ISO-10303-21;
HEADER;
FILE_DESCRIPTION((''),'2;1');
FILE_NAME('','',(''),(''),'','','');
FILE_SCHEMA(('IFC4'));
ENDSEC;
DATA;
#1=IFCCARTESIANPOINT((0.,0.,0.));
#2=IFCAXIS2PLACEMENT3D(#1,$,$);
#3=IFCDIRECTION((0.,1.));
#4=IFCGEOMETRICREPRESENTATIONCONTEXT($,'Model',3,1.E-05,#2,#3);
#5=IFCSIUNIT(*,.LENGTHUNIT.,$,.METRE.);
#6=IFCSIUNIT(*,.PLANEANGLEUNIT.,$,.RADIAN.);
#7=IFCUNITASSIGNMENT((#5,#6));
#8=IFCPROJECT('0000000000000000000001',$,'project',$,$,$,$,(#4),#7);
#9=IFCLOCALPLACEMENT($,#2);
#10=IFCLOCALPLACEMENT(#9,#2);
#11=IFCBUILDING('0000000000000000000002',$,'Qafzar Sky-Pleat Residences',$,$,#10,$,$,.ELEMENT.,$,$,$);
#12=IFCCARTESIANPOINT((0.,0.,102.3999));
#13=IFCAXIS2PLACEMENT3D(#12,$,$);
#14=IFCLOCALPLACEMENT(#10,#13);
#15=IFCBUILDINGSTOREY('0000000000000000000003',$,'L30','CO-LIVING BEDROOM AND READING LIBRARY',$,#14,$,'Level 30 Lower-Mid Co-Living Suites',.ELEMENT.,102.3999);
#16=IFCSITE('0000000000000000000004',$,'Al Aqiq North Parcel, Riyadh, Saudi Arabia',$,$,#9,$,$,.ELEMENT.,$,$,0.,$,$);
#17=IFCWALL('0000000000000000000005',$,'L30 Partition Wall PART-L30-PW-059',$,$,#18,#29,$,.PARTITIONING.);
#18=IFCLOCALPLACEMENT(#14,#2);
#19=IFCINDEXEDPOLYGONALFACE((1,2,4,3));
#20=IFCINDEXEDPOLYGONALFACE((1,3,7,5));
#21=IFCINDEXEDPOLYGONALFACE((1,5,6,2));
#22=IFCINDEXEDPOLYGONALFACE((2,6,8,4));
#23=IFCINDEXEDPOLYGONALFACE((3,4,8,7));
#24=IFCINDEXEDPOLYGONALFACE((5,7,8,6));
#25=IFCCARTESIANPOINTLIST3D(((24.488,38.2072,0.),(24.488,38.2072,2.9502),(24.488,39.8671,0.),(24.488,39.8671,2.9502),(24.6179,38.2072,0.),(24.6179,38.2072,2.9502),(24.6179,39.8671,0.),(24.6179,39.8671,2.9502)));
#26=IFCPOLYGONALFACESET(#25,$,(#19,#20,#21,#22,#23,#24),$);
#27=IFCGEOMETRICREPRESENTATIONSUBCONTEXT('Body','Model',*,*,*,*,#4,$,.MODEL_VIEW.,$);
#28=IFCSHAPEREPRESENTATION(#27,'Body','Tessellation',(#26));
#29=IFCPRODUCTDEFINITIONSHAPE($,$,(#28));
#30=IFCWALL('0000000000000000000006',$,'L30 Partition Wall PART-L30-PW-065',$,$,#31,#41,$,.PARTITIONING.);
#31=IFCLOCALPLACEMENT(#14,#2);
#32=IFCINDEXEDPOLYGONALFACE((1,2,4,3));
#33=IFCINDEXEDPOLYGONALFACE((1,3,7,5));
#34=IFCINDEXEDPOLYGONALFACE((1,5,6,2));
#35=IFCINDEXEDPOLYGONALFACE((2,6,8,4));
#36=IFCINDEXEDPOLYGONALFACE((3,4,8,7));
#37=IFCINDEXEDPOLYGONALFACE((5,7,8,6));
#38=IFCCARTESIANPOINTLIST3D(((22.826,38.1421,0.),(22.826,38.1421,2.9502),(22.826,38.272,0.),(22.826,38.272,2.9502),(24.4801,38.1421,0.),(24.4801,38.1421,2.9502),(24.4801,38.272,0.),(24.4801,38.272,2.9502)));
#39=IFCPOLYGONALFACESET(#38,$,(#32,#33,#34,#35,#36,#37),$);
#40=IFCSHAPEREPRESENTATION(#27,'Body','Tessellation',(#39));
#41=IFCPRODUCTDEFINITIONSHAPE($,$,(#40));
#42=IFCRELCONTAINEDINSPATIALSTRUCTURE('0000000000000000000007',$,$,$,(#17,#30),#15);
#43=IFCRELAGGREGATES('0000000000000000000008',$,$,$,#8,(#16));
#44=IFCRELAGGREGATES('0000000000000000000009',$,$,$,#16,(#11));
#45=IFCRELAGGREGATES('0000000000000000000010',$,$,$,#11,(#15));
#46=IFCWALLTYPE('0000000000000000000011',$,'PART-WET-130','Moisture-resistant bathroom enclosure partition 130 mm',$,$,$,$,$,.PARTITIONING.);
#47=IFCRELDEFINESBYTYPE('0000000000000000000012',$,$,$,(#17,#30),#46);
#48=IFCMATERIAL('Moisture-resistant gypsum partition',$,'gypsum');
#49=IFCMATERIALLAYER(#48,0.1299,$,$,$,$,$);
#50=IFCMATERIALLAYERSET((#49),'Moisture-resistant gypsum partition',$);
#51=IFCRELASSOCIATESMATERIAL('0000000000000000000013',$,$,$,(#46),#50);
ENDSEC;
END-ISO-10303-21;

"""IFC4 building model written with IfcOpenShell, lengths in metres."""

from ifc_helpers import new_model, si_unit, direction, frame, frame_2d, origin, place, context, subcontext, project, spatial, rectangle, extrude, material, layer, layer_set, type_object, element, save


model = new_model("IFC4")

# Units and contexts
model_context = context("Model", 3, precision=1e-05, world=origin(), true_north=direction((0.0, 1.0)))
body_context = subcontext(model_context, "Body", "Model", "MODEL_VIEW")
ifc_project = project(units=[si_unit("LENGTHUNIT", "METRE"), si_unit("PLANEANGLEUNIT", "RADIAN")], contexts=[model_context])

# Site, building, storey
site_placement = place(None, origin())
site = spatial("IfcSite", under=ifc_project, at=site_placement, Name="Al Aqiq North Parcel, Riyadh, Saudi Arabia", CompositionType="ELEMENT", RefElevation=0.0)
building_placement = place(site_placement, origin())
building = spatial("IfcBuilding", under=site, at=building_placement, Name="Qafzar Sky-Pleat Residences", CompositionType="ELEMENT")
storey_placement = place(building_placement, frame((0.0, 0.0, 102.3999)))
storey = spatial("IfcBuildingStorey", under=building, at=storey_placement, Name="L30", Description="CO-LIVING BEDROOM AND READING LIBRARY", LongName="Level 30 Lower-Mid Co-Living Suites", CompositionType="ELEMENT", Elevation=102.3999)

# Walls
ifc_material_1 = material(Name="Moisture-resistant gypsum partition", Category="gypsum")
ifc_layer_1 = layer(ifc_material_1, 0.1299)
ifc_layer_set_1 = layer_set([ifc_layer_1], Name="Moisture-resistant gypsum partition")
wall_type_1 = type_object("IfcWallType", Name="PART-WET-130", Description="Moisture-resistant bathroom enclosure partition 130 mm", PredefinedType="PARTITIONING", material=ifc_layer_set_1)
wall_1_placement = place(storey_placement, frame((24.553, 38.207, 0.0), z_axis=(0.0, 0.0, 1.0), x_axis=(0.0, 1.0, 0.0)))
element("IfcWall", 1, at=wall_1_placement, inside=storey, type_object=wall_type_1, Name="L30 Partition Wall PART-L30-PW-059", PredefinedType="PARTITIONING", context=body_context, shape_type="SweptSolid", body=[
    extrude(rectangle(XDim=1.6599, YDim=0.1299, at=frame_2d((0.8301, 0.0))), origin(), (0.0, 0.0, 1.0), 2.9502),
])
wall_2_placement = place(storey_placement, frame((22.8259, 38.207, 0.0), z_axis=(0.0, 0.0, 1.0), x_axis=(1.0, 0.0, 0.0)))
element("IfcWall", 2, at=wall_2_placement, inside=storey, type_object=wall_type_1, Name="L30 Partition Wall PART-L30-PW-065", PredefinedType="PARTITIONING", context=body_context, shape_type="SweptSolid", body=[
    extrude(rectangle(XDim=1.6541, YDim=0.1299, at=frame_2d((0.8271, 0.0))), origin(), (0.0, 0.0, 1.0), 2.9502),
])

save(model, "model.ifc")
